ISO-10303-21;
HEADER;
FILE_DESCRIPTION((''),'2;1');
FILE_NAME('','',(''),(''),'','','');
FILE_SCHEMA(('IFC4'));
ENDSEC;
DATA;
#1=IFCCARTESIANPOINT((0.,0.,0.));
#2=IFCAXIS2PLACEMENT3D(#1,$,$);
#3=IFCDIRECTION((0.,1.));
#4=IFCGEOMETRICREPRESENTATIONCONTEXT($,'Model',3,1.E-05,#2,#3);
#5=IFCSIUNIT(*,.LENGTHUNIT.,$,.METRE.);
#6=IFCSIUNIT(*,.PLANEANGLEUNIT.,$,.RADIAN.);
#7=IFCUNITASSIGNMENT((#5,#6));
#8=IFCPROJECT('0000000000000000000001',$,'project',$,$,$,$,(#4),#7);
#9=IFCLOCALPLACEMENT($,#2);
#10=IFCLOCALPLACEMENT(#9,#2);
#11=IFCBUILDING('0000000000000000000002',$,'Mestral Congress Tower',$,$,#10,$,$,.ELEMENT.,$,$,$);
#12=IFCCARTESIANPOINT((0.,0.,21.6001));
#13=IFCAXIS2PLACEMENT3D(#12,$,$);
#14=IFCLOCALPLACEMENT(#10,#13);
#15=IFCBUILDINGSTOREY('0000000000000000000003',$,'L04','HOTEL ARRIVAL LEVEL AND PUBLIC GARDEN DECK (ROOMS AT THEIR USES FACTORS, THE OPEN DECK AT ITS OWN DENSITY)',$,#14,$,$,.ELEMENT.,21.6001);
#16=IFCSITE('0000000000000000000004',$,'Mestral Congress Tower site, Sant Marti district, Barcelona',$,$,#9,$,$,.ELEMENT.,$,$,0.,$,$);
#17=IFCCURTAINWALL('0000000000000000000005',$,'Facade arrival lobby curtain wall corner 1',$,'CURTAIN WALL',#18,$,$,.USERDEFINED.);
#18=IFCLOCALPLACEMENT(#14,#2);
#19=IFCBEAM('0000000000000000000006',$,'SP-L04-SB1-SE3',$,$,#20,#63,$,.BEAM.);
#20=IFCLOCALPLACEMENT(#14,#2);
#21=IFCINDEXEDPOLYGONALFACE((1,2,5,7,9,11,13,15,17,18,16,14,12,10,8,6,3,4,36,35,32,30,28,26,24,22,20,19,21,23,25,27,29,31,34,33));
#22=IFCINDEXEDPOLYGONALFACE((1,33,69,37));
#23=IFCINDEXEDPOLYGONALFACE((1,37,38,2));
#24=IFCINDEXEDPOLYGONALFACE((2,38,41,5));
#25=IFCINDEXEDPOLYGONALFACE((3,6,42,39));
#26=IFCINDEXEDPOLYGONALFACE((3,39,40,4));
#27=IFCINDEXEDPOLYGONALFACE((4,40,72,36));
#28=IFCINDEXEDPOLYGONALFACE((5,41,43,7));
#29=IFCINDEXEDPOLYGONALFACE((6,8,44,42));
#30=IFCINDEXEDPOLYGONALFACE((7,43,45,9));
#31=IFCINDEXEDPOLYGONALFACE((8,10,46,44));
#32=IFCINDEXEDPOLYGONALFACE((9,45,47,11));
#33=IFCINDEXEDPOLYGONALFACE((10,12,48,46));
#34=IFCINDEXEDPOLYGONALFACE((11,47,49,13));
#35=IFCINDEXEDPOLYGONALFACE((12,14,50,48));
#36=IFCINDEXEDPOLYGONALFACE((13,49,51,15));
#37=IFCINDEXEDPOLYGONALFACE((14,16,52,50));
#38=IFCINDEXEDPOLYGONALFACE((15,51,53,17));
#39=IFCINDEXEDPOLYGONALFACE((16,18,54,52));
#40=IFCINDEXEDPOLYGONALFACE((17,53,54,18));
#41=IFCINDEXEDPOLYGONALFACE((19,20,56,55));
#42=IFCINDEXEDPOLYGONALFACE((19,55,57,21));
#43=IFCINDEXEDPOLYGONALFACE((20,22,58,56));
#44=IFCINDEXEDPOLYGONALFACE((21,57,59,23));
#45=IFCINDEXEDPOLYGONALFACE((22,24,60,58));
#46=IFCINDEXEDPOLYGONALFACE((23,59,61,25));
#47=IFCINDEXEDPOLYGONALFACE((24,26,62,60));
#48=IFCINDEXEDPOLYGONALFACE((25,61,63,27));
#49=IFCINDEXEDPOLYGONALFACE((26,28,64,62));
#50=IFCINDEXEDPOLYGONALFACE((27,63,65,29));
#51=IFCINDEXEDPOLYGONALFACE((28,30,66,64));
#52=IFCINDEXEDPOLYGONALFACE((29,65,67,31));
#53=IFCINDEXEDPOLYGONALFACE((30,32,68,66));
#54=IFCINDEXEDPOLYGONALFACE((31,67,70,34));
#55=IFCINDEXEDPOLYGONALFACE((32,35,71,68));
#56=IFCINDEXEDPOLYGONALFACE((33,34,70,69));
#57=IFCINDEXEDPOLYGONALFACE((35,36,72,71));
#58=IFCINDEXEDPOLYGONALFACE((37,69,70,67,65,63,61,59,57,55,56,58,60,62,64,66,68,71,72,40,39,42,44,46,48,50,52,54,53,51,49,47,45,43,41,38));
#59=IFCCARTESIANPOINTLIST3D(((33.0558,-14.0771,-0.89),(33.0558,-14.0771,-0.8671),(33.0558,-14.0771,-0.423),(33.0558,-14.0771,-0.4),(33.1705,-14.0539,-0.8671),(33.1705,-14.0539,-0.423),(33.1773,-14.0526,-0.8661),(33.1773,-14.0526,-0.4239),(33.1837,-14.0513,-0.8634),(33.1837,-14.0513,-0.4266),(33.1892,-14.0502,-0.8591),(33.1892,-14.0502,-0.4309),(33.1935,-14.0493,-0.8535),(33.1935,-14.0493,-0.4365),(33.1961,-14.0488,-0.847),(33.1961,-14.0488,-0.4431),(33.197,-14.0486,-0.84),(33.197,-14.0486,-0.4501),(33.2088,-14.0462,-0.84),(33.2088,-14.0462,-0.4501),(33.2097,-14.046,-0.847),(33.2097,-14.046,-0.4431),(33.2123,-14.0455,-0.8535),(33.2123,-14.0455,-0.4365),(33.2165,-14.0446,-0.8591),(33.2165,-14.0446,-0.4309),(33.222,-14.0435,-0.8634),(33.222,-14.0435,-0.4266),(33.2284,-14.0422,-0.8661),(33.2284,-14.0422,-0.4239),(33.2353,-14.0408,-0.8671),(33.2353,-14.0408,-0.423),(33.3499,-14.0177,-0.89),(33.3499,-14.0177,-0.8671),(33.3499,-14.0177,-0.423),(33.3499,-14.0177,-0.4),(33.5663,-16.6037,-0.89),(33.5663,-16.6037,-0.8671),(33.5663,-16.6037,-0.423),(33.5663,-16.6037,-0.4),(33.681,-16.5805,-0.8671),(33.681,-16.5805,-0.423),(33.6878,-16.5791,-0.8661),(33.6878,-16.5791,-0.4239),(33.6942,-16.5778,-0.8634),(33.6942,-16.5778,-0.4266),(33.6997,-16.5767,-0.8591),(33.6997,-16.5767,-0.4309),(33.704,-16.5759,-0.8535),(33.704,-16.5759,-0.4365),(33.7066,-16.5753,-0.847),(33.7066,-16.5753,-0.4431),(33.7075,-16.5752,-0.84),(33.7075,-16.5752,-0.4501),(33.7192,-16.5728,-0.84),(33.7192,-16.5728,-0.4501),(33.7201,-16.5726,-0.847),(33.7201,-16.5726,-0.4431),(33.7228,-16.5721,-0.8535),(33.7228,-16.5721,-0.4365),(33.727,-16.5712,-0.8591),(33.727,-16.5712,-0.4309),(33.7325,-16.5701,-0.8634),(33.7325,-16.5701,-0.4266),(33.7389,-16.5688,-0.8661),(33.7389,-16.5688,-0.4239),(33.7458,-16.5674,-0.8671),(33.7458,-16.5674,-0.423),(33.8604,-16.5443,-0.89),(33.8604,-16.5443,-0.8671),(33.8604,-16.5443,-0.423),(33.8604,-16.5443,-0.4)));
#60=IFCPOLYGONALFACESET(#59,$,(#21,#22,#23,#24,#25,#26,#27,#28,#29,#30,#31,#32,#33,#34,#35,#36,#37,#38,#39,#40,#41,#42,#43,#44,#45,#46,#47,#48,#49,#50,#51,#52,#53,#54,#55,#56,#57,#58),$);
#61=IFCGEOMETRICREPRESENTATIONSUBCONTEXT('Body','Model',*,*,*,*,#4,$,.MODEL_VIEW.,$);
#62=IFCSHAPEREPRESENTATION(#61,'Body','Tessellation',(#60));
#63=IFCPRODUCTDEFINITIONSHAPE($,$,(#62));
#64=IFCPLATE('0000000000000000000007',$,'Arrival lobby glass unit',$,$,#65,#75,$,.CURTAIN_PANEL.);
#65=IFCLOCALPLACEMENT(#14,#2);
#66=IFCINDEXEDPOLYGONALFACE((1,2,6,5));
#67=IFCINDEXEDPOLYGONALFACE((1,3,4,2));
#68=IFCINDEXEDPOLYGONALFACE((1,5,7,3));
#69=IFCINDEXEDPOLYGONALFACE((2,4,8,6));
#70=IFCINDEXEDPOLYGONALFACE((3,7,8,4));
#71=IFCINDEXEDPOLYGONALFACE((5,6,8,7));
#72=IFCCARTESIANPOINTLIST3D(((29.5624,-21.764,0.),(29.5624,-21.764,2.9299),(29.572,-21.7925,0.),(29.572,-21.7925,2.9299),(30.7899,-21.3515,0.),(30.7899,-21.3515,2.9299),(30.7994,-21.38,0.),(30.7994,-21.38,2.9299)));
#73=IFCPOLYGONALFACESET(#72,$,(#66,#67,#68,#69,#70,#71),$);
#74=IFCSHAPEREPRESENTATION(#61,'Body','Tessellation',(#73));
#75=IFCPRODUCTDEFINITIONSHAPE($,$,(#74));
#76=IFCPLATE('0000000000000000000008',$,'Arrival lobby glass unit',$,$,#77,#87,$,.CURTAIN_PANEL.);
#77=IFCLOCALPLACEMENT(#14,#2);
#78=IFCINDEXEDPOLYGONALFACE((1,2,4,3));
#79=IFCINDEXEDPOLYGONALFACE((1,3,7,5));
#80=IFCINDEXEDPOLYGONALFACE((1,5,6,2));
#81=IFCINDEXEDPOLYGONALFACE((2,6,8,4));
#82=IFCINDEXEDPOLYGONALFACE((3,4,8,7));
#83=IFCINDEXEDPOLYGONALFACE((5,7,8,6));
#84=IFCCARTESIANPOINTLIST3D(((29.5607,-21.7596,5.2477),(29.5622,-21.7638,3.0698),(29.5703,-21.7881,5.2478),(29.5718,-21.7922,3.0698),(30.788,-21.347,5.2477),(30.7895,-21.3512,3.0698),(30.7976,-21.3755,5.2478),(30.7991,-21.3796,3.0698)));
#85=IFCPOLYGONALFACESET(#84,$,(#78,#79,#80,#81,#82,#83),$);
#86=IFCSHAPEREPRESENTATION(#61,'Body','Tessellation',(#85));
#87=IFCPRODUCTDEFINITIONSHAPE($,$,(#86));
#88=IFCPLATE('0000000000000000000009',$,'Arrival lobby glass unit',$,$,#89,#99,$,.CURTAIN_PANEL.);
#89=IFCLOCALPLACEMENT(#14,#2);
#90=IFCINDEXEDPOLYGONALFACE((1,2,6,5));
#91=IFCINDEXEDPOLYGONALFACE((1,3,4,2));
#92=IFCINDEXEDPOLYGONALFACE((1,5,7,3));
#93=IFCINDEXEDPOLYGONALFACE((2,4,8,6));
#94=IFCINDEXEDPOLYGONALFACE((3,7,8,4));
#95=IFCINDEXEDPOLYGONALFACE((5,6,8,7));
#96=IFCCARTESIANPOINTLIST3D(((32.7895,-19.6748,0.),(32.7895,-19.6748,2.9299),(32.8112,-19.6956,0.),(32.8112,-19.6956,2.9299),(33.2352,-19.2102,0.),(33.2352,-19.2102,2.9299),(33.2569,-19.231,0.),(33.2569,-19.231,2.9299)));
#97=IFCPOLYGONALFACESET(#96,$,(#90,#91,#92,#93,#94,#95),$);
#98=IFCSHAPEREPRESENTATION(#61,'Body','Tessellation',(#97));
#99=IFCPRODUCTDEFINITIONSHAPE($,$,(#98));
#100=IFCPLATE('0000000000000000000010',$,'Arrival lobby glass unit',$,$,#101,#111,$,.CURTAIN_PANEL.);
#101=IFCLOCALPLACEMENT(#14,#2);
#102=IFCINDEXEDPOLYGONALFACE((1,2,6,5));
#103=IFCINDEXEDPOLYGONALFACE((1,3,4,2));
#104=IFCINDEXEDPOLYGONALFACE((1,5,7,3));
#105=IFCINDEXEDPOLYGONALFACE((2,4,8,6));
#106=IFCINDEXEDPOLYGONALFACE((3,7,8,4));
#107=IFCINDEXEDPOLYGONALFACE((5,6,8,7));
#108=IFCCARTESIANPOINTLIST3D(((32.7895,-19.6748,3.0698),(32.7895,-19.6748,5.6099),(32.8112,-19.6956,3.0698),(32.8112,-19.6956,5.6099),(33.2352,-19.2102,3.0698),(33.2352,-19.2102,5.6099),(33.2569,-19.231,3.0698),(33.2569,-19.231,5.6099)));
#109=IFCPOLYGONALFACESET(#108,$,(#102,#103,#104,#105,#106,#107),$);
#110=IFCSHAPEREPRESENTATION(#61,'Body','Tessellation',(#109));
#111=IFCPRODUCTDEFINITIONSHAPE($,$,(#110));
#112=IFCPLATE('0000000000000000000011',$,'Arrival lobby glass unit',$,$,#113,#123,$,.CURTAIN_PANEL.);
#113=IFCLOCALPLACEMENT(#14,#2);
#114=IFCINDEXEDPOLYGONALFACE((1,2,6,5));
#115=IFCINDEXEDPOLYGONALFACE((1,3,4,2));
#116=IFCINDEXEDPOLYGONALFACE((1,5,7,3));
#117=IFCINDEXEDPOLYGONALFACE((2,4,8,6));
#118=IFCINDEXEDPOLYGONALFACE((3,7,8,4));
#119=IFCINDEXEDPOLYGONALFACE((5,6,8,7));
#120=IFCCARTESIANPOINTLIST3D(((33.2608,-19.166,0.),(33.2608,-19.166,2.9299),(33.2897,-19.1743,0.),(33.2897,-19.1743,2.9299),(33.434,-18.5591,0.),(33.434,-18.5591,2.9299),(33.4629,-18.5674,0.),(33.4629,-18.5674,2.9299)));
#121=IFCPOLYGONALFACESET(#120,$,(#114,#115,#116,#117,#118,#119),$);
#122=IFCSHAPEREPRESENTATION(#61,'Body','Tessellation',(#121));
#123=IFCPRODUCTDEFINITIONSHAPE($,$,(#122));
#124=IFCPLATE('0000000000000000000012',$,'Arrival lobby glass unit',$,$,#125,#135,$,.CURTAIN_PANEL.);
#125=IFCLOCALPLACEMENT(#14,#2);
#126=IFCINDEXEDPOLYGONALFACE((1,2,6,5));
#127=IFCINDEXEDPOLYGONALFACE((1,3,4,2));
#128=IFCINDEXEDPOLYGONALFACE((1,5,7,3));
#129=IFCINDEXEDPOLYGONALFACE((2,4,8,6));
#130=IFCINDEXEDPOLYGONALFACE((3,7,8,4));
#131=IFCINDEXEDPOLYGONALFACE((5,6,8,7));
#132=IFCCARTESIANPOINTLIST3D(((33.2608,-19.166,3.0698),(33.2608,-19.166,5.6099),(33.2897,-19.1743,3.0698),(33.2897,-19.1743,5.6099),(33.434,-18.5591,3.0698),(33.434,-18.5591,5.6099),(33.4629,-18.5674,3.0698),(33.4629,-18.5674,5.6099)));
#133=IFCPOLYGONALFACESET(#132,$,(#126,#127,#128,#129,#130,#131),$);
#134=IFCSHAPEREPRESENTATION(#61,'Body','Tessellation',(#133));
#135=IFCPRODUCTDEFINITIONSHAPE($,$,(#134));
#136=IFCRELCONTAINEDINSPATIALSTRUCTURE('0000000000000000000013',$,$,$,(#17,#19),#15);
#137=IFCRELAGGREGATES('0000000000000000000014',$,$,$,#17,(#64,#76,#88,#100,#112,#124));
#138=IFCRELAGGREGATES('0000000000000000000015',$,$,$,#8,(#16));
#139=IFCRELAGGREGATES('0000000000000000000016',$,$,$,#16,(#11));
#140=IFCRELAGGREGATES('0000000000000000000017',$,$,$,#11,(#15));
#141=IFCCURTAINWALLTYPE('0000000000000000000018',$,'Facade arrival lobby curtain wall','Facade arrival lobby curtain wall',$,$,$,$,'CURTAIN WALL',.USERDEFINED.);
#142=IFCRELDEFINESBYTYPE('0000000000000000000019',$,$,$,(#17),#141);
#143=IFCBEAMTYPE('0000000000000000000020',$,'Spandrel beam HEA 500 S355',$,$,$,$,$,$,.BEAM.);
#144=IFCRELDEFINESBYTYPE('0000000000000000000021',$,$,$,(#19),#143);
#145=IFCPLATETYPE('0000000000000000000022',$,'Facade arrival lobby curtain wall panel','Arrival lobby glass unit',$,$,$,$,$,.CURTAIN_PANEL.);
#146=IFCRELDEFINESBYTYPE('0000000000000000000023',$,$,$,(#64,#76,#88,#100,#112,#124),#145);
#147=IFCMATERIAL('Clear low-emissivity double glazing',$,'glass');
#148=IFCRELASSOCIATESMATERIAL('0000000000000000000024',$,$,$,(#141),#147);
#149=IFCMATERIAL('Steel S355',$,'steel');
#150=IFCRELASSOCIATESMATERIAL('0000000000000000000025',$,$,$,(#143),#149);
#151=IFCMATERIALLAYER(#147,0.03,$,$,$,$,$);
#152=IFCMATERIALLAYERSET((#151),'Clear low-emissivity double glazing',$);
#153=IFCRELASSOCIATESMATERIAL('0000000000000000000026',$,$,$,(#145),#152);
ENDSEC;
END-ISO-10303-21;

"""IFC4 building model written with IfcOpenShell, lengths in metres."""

from ifc_helpers import new_model, si_unit, direction, frame, origin, origin_2d, place, context, subcontext, project, spatial, polyline, rectangle, i_section, outline, extrude, material, layer, layer_set, material_profile, profile_set, type_object, element, aggregate, save


model = new_model("IFC4")

# Units and contexts
model_context = context("Model", 3, precision=1e-05, world=origin(), true_north=direction((0.0, 1.0)))
body_context = subcontext(model_context, "Body", "Model", "MODEL_VIEW")
ifc_project = project(units=[si_unit("LENGTHUNIT", "METRE"), si_unit("PLANEANGLEUNIT", "RADIAN")], contexts=[model_context])

# Site, building, storey
site_placement = place(None, origin())
site = spatial("IfcSite", under=ifc_project, at=site_placement, Name="Mestral Congress Tower site, Sant Marti district, Barcelona", CompositionType="ELEMENT", RefElevation=0.0)
building_placement = place(site_placement, origin())
building = spatial("IfcBuilding", under=site, at=building_placement, Name="Mestral Congress Tower", CompositionType="ELEMENT")
storey_placement = place(building_placement, frame((0.0, 0.0, 21.6001)))
storey = spatial("IfcBuildingStorey", under=building, at=storey_placement, Name="L04", Description="HOTEL ARRIVAL LEVEL AND PUBLIC GARDEN DECK (ROOMS AT THEIR USES FACTORS, THE OPEN DECK AT ITS OWN DENSITY)", CompositionType="ELEMENT", Elevation=21.6001)

# Curtain wall
ifc_material_1 = material(Name="Clear low-emissivity double glazing", Category="glass")
curtain_wall_type = type_object("IfcCurtainWallType", Name="Facade arrival lobby curtain wall", Description="Facade arrival lobby curtain wall", ElementType="CURTAIN WALL", PredefinedType="USERDEFINED", material=ifc_material_1)
curtain_wall_placement = place(storey_placement, origin())
curtain_wall = element("IfcCurtainWall", 1, at=curtain_wall_placement, inside=storey, type_object=curtain_wall_type, Name="Facade arrival lobby curtain wall corner 1", ObjectType="CURTAIN WALL", PredefinedType="USERDEFINED")

# Beam
ifc_material_2 = material(Name="Steel S355", Category="steel")
ifc_material_profile_1 = material_profile(ifc_material_2, i_section(OverallWidth=0.3, OverallDepth=0.49, WebThickness=0.012, FlangeThickness=0.0229, FilletRadius=0.0271, at=origin_2d()), Name="HEA 500")
ifc_profile_set_1 = profile_set([ifc_material_profile_1], Name="Steel S355")
beam_type_1 = type_object("IfcBeamType", Name="Spandrel beam HEA 500 S355", PredefinedType="BEAM", material=ifc_profile_set_1)
beam_1_placement = place(storey_placement, frame((33.7134, -16.574, -0.645), z_axis=(-0.198046, 0.980193, 0.0), x_axis=(-0.980193, -0.198046, 0.0)))
element("IfcBeam", 2, at=beam_1_placement, inside=storey, type_object=beam_type_1, Name="SP-L04-SB1-SE3", PredefinedType="BEAM", context=body_context, shape_type="SweptSolid", body=[
    extrude(i_section(OverallWidth=0.3, OverallDepth=0.49, WebThickness=0.012, FlangeThickness=0.0229, FilletRadius=0.0271, at=origin_2d()), origin(), (0.0, 0.0, 1.0), 2.5776),
])

# Plates
ifc_layer = layer(ifc_material_1, 0.03)
ifc_layer_set = layer_set([ifc_layer], Name="Clear low-emissivity double glazing")
plate_type = type_object("IfcPlateType", Name="Facade arrival lobby curtain wall panel", Description="Arrival lobby glass unit", PredefinedType="CURTAIN_PANEL", material=ifc_layer_set)
plate_1_placement = place(storey_placement, frame((30.1809, -21.572, 0.0), z_axis=(0.0, 0.0, 1.0), x_axis=(0.947905, 0.318554, 0.0)))
plate_1 = element("IfcPlate", 3, at=plate_1_placement, type_object=plate_type, Name="Arrival lobby glass unit", PredefinedType="CURTAIN_PANEL", context=body_context, shape_type="SweptSolid", body=[
    extrude(rectangle(XDim=1.2949, YDim=0.03, at=origin_2d()), origin(), (0.0, 0.0, 1.0), 2.9299),
])
plate_2_placement = place(storey_placement, frame((30.7991, -21.3796, 3.0698), z_axis=(0.318658, -0.947867, 0.002021), x_axis=(-0.947869, -0.318659, 0.0)))
plate_2 = element("IfcPlate", 4, at=plate_2_placement, type_object=plate_type, Name="Arrival lobby glass unit", PredefinedType="CURTAIN_PANEL", context=body_context, shape_type="SweptSolid", body=[
    extrude(outline(polyline([(0.0, 0.0), (1.2948, 0.0), (1.2949, -2.178), (0.0001, -2.178), (0.0, 0.0)])), origin(), (0.0, 0.0, -1.0), 0.03),
])
plate_3_placement = place(storey_placement, frame((33.0232, -19.4529, 0.0), z_axis=(0.0, 0.0, 1.0), x_axis=(0.692252, 0.721656, 0.0)))
plate_3 = element("IfcPlate", 5, at=plate_3_placement, type_object=plate_type, Name="Arrival lobby glass unit", PredefinedType="CURTAIN_PANEL", context=body_context, shape_type="SweptSolid", body=[
    extrude(rectangle(XDim=0.6438, YDim=0.03, at=origin_2d()), origin(), (0.0, 0.0, 1.0), 2.9299),
])
plate_4_placement = place(storey_placement, frame((33.0232, -19.4529, 3.0698), z_axis=(0.0, 0.0, 1.0), x_axis=(0.692252, 0.721656, 0.0)))
plate_4 = element("IfcPlate", 6, at=plate_4_placement, type_object=plate_type, Name="Arrival lobby glass unit", PredefinedType="CURTAIN_PANEL", context=body_context, shape_type="SweptSolid", body=[
    extrude(rectangle(XDim=0.6438, YDim=0.03, at=origin_2d()), origin(), (0.0, 0.0, 1.0), 2.54),
])
plate_5_placement = place(storey_placement, frame((33.3618, -18.8667, 0.0), z_axis=(0.0, 0.0, 1.0), x_axis=(0.274431, 0.961607, 0.0)))
plate_5 = element("IfcPlate", 7, at=plate_5_placement, type_object=plate_type, Name="Arrival lobby glass unit", PredefinedType="CURTAIN_PANEL", context=body_context, shape_type="SweptSolid", body=[
    extrude(rectangle(XDim=0.6311, YDim=0.03, at=origin_2d()), origin(), (0.0, 0.0, 1.0), 2.9299),
])
plate_6_placement = place(storey_placement, frame((33.3618, -18.8667, 3.0698), z_axis=(0.0, 0.0, 1.0), x_axis=(0.274431, 0.961607, 0.0)))
plate_6 = element("IfcPlate", 8, at=plate_6_placement, type_object=plate_type, Name="Arrival lobby glass unit", PredefinedType="CURTAIN_PANEL", context=body_context, shape_type="SweptSolid", body=[
    extrude(rectangle(XDim=0.6311, YDim=0.03, at=origin_2d()), origin(), (0.0, 0.0, 1.0), 2.54),
])
aggregate(curtain_wall, [plate_1, plate_2, plate_3, plate_4, plate_5, plate_6])

save(model, "model.ifc")
